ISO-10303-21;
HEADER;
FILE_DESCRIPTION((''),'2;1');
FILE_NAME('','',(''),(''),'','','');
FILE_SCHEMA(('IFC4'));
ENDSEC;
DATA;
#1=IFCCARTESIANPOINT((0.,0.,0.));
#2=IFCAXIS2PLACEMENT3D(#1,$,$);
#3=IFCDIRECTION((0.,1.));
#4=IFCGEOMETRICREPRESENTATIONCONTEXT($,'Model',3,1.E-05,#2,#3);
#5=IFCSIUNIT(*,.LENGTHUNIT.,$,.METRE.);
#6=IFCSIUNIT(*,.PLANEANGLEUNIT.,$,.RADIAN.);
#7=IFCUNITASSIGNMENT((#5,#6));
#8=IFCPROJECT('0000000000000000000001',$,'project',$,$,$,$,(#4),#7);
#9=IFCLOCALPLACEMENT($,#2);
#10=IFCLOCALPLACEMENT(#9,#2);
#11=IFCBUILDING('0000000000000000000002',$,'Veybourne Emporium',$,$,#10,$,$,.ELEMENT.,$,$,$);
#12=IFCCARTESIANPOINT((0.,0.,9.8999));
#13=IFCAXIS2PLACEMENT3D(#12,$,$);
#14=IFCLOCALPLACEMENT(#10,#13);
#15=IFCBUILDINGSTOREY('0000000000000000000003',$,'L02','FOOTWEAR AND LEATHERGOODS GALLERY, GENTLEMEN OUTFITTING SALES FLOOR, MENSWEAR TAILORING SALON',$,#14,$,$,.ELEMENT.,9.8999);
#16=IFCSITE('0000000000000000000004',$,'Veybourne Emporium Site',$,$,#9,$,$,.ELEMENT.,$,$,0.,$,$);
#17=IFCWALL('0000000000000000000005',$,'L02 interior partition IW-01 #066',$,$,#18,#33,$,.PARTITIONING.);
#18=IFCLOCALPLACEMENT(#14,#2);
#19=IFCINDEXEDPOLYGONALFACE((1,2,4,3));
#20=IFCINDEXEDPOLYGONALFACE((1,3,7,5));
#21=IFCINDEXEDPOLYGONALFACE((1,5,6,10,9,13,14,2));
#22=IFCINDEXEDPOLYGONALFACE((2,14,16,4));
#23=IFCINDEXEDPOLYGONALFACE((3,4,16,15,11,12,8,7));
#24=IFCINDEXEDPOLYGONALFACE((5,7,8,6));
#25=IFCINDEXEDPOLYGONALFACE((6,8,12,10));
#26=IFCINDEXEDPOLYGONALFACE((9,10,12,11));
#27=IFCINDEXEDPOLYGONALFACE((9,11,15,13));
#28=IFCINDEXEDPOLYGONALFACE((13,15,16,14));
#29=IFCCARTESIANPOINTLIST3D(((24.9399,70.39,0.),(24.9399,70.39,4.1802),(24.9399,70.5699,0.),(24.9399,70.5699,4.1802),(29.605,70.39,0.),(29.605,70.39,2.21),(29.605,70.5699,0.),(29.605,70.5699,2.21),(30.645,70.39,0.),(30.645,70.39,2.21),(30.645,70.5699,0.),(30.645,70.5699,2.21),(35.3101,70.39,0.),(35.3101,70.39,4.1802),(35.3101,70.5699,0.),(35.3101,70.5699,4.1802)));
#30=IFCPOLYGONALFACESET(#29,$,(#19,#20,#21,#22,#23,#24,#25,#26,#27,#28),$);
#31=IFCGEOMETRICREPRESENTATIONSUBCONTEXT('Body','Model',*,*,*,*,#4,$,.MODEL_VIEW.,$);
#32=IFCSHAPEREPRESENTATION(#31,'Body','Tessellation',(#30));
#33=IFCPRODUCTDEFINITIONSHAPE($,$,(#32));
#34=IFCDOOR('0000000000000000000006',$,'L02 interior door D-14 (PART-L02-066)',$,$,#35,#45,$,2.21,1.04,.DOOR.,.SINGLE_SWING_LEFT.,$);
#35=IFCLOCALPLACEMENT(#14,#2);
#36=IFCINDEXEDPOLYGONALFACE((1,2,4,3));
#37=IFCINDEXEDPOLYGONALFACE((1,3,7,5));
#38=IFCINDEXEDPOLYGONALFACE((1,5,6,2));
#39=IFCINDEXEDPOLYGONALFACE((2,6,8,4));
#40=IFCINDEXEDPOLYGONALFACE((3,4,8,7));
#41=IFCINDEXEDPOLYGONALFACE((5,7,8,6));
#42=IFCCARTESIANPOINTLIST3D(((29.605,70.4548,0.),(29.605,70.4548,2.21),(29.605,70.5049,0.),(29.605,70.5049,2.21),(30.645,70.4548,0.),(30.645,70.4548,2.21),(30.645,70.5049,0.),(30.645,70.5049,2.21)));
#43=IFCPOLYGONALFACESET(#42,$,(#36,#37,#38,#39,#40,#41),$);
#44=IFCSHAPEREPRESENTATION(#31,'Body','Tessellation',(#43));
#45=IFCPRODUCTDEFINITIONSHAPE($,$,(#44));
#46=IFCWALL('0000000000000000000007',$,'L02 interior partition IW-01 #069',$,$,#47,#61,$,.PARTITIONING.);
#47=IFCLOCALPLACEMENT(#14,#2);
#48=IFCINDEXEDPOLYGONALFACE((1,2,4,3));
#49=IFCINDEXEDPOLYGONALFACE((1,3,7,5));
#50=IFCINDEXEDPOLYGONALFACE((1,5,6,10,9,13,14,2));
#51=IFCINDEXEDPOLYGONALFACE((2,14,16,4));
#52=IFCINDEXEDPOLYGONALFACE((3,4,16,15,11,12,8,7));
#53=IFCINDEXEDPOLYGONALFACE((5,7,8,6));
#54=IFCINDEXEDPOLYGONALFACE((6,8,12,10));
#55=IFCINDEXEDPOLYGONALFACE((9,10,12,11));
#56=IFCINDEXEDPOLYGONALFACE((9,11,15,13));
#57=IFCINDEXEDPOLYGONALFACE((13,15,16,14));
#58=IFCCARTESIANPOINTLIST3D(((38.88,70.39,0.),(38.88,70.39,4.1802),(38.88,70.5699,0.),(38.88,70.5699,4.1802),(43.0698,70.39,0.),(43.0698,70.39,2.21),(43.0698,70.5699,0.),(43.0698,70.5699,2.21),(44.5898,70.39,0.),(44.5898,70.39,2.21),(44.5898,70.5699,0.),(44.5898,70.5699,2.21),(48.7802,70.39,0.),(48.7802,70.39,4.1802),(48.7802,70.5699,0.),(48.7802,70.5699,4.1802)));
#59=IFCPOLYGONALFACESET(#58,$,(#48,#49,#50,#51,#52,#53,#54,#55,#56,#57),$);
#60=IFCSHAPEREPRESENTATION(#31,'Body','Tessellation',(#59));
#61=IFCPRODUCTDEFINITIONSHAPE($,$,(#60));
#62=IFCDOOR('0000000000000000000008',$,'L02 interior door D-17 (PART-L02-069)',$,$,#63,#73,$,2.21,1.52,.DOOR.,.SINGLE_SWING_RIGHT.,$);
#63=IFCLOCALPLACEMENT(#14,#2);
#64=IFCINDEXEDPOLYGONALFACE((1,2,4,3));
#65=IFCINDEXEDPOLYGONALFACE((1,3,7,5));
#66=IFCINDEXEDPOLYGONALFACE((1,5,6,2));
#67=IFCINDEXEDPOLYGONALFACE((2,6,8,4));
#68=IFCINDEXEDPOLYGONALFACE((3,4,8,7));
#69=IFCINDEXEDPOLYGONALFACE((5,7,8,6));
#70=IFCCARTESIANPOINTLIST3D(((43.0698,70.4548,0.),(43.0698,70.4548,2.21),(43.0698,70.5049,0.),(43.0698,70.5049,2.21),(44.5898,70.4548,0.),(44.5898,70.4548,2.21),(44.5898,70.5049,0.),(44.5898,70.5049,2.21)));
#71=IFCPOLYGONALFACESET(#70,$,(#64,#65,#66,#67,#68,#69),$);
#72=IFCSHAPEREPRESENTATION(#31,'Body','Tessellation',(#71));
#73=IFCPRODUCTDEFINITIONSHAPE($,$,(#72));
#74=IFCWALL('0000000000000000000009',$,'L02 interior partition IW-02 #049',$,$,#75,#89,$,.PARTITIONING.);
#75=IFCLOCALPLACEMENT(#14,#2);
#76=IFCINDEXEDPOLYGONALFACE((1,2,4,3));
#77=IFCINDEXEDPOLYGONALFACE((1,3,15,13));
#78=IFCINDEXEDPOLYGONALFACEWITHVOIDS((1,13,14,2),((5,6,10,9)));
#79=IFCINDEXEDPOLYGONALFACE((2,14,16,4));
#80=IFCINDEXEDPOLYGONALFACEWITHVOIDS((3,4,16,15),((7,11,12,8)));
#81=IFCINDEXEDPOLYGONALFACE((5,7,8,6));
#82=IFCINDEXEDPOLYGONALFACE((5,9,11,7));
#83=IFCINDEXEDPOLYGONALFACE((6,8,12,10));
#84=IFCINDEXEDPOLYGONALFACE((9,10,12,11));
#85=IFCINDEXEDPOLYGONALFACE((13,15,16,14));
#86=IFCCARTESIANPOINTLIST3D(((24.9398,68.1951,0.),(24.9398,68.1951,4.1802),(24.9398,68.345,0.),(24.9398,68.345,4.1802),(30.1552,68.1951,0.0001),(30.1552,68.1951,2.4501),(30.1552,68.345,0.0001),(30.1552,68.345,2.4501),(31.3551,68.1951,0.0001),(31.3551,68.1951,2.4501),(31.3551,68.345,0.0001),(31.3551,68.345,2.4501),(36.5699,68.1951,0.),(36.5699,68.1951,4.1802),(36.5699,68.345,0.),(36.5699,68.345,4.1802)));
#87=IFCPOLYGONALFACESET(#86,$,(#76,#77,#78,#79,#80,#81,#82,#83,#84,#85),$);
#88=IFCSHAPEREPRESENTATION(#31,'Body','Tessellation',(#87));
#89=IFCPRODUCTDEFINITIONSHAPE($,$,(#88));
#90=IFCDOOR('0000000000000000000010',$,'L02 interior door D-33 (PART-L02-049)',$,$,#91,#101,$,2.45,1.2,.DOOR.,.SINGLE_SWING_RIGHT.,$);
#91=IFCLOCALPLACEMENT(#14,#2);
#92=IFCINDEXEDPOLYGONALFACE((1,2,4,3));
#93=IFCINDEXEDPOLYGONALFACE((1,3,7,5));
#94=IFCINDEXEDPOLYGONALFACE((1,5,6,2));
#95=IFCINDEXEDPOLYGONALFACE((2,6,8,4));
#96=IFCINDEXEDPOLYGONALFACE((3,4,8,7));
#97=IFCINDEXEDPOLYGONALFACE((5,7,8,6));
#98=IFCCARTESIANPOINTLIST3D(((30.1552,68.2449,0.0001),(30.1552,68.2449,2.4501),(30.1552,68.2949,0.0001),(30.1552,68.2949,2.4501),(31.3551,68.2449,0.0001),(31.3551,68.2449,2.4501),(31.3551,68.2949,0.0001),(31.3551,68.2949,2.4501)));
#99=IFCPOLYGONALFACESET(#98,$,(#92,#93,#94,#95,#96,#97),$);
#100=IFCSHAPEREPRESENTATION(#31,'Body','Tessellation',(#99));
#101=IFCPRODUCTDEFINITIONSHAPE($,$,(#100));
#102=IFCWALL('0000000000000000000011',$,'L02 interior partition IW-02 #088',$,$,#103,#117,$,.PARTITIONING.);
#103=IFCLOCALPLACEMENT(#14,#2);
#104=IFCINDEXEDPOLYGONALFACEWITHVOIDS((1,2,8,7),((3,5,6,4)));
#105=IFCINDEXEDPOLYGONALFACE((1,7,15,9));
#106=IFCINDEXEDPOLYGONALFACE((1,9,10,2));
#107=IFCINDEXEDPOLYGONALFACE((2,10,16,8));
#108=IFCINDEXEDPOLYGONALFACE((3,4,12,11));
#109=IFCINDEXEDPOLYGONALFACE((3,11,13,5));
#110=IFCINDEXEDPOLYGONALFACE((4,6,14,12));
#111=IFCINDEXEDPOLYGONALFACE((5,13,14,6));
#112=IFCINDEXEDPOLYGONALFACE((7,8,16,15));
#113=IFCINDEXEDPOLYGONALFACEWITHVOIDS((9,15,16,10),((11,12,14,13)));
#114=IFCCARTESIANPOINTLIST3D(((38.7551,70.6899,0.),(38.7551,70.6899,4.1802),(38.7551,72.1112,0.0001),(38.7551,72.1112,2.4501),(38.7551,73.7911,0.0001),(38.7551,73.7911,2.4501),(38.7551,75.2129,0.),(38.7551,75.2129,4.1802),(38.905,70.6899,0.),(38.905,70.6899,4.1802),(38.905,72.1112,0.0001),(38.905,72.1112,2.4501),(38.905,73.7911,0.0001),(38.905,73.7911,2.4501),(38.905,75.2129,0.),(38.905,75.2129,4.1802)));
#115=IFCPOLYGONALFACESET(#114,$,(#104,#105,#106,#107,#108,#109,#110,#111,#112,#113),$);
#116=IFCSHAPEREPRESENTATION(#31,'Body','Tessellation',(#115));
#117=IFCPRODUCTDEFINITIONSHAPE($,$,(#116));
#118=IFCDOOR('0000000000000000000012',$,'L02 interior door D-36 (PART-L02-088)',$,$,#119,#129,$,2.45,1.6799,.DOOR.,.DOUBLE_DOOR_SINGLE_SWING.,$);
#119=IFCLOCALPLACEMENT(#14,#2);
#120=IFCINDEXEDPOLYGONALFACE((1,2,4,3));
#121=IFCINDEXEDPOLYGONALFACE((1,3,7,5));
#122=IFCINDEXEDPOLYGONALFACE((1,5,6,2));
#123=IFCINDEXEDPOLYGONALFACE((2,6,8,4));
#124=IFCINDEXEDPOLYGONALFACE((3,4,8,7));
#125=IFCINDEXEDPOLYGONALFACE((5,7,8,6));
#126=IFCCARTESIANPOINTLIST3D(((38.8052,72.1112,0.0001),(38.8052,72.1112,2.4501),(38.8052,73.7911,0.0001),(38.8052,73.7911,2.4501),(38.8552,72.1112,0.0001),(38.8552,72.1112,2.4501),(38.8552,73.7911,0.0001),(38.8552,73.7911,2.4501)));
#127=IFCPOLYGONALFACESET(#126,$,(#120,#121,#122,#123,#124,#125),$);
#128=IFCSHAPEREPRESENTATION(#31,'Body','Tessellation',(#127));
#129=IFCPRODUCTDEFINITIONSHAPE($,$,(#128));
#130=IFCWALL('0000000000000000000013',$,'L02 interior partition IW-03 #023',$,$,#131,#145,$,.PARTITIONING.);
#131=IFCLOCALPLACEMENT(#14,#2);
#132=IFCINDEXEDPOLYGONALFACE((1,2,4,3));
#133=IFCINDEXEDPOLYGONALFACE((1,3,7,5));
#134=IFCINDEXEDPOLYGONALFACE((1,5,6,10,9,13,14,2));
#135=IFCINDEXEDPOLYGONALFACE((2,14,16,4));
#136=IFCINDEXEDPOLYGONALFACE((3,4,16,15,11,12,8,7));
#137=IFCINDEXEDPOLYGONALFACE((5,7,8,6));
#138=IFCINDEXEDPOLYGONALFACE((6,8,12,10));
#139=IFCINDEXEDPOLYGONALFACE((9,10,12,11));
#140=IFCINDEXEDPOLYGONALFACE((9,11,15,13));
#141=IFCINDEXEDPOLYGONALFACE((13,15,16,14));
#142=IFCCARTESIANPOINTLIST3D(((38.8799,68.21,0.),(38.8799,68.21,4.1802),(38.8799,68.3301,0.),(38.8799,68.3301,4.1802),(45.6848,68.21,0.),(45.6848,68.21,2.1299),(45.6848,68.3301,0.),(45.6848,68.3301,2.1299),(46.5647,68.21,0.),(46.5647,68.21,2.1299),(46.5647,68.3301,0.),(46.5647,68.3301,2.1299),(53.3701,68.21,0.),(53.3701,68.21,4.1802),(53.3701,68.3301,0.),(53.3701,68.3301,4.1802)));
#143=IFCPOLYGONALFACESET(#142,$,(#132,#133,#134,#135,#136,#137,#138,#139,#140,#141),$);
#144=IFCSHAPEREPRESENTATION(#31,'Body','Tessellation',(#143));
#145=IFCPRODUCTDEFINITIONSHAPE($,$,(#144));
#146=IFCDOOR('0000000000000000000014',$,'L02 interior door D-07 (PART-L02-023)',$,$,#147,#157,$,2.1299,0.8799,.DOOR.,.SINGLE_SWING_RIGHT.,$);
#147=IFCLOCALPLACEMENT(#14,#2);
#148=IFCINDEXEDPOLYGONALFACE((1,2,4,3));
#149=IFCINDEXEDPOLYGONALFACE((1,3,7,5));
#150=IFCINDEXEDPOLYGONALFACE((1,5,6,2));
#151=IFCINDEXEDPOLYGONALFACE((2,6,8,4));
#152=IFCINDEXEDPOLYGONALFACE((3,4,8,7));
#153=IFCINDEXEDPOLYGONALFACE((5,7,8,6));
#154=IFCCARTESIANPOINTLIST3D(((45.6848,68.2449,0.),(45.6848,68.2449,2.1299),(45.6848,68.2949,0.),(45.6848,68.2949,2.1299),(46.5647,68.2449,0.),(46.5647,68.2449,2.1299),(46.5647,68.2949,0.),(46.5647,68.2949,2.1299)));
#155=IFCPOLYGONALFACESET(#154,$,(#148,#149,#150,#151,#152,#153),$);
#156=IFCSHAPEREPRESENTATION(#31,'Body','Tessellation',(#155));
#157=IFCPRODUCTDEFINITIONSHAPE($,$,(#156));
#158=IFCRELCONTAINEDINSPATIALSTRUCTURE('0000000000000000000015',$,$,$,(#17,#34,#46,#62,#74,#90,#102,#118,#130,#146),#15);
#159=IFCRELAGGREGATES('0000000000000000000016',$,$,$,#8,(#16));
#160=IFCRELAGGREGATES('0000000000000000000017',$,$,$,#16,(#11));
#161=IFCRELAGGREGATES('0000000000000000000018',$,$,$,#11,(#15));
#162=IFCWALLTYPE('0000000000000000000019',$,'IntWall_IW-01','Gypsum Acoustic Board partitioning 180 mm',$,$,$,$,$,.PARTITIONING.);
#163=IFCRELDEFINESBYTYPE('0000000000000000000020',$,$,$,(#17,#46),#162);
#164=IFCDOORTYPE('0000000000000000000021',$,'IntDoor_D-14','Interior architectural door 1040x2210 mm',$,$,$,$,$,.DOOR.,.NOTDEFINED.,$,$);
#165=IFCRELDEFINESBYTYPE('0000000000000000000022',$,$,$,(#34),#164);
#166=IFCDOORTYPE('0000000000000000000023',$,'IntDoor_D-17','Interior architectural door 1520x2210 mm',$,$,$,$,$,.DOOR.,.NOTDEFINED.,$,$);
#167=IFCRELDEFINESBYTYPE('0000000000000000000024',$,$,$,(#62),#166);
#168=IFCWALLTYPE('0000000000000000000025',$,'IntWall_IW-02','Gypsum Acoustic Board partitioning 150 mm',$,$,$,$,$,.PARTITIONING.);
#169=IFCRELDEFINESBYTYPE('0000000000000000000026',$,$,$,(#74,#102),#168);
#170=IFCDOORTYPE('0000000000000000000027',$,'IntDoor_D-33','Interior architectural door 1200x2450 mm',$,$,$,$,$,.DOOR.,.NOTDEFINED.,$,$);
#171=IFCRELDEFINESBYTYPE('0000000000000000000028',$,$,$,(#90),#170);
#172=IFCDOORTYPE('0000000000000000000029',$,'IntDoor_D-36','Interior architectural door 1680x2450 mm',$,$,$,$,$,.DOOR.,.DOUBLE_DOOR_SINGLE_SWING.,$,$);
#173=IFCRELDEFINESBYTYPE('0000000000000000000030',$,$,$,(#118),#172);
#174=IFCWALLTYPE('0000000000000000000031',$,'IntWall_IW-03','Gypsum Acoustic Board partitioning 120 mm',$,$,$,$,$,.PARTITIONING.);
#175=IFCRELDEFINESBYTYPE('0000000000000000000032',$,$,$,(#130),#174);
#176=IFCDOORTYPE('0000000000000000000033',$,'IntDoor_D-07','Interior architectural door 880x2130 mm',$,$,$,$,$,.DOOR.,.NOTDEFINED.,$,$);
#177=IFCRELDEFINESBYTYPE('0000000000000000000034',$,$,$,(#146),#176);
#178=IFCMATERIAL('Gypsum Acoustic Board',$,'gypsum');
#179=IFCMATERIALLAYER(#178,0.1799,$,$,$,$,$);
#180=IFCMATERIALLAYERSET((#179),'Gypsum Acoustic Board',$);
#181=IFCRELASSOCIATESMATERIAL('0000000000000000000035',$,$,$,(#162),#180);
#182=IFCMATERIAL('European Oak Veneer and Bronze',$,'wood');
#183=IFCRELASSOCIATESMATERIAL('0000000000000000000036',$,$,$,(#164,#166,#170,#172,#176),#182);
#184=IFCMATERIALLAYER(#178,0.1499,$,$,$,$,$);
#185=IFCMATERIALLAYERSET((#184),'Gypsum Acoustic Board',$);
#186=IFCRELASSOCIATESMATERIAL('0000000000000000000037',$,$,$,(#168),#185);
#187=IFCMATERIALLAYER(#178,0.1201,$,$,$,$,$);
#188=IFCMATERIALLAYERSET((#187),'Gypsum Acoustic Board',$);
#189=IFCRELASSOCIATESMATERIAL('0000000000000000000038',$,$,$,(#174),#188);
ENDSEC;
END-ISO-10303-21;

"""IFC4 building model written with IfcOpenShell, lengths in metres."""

from ifc_helpers import new_model, si_unit, direction, frame, frame_2d, origin, place, context, subcontext, project, spatial, rectangle, extrude, material, layer, layer_set, type_object, element, fill, save


model = new_model("IFC4")

# Units and contexts
model_context = context("Model", 3, precision=1e-05, world=origin(), true_north=direction((0.0, 1.0)))
body_context = subcontext(model_context, "Body", "Model", "MODEL_VIEW")
ifc_project = project(units=[si_unit("LENGTHUNIT", "METRE"), si_unit("PLANEANGLEUNIT", "RADIAN")], contexts=[model_context])

# Site, building, storey
site_placement = place(None, origin())
site = spatial("IfcSite", under=ifc_project, at=site_placement, Name="Veybourne Emporium Site", CompositionType="ELEMENT", RefElevation=0.0)
building_placement = place(site_placement, origin())
building = spatial("IfcBuilding", under=site, at=building_placement, Name="Veybourne Emporium", CompositionType="ELEMENT")
storey_placement = place(building_placement, frame((0.0, 0.0, 9.8999)))
storey = spatial("IfcBuildingStorey", under=building, at=storey_placement, Name="L02", Description="FOOTWEAR AND LEATHERGOODS GALLERY, GENTLEMEN OUTFITTING SALES FLOOR, MENSWEAR TAILORING SALON", CompositionType="ELEMENT", Elevation=9.8999)

# Walls, openings, doors
ifc_material_1 = material(Name="Gypsum Acoustic Board", Category="gypsum")
ifc_layer_1 = layer(ifc_material_1, 0.1799)
ifc_layer_set_1 = layer_set([ifc_layer_1], Name="Gypsum Acoustic Board")
wall_type_1 = type_object("IfcWallType", Name="IntWall_IW-01", Description="Gypsum Acoustic Board partitioning 180 mm", PredefinedType="PARTITIONING", material=ifc_layer_set_1)
wall_1_placement = place(storey_placement, frame((24.9399, 70.48, 0.0), z_axis=(0.0, 0.0, 1.0), x_axis=(1.0, 0.0, 0.0)))
wall_1 = element("IfcWall", 1, at=wall_1_placement, inside=storey, type_object=wall_type_1, Name="L02 interior partition IW-01 #066", PredefinedType="PARTITIONING", context=body_context, shape_type="SweptSolid", body=[
    extrude(rectangle(XDim=10.3701, YDim=0.1799, at=frame_2d((5.1851, 0.0))), origin(), (0.0, 0.0, 1.0), 4.1802),
])
opening_1_placement = place(wall_1_placement, frame((4.665, 0.0, 0.0)))
opening_1 = element("IfcOpeningElement", 2, at=opening_1_placement, cuts=wall_1, PredefinedType="OPENING", context=body_context, shape_type="SweptSolid", body=[
    extrude(rectangle(XDim=1.04, YDim=2.21, at=frame_2d((0.52, 1.105))), frame((0.0, 0.1099, 0.0), z_axis=(0.0, -1.0, 0.0), x_axis=(1.0, 0.0, 0.0)), (0.0, 0.0, 1.0), 0.22),
])
ifc_material_2 = material(Name="European Oak Veneer and Bronze", Category="wood")
door_type_1 = type_object("IfcDoorType", Name="IntDoor_D-14", Description="Interior architectural door 1040x2210 mm", OperationType="NOTDEFINED", PredefinedType="DOOR", material=ifc_material_2)
door_1_placement = place(opening_1_placement, origin())
door_1 = element("IfcDoor", 3, at=door_1_placement, inside=storey, type_object=door_type_1, Name="L02 interior door D-14 (PART-L02-066)", OperationType="SINGLE_SWING_LEFT", OverallHeight=2.21, OverallWidth=1.04, PredefinedType="DOOR", context=body_context, shape_type="SweptSolid", body=[
    extrude(rectangle(XDim=1.04, YDim=2.21, at=frame_2d((0.52, 1.105))), frame((0.0, 0.0249, 0.0), z_axis=(0.0, -1.0, 0.0), x_axis=(1.0, 0.0, 0.0)), (0.0, 0.0, 1.0), 0.05),
])
fill(opening_1, door_1)
wall_2_placement = place(storey_placement, frame((38.8799, 70.48, 0.0), z_axis=(0.0, 0.0, 1.0), x_axis=(1.0, 0.0, 0.0)))
wall_2 = element("IfcWall", 4, at=wall_2_placement, inside=storey, type_object=wall_type_1, Name="L02 interior partition IW-01 #069", PredefinedType="PARTITIONING", context=body_context, shape_type="SweptSolid", body=[
    extrude(rectangle(XDim=9.9001, YDim=0.1799, at=frame_2d((4.9502, 0.0))), origin(), (0.0, 0.0, 1.0), 4.1802),
])
opening_2_placement = place(wall_2_placement, frame((4.1899, 0.0, 0.0)))
opening_2 = element("IfcOpeningElement", 5, at=opening_2_placement, cuts=wall_2, PredefinedType="OPENING", context=body_context, shape_type="SweptSolid", body=[
    extrude(rectangle(XDim=1.52, YDim=2.21, at=frame_2d((0.76, 1.105))), frame((0.0, 0.1099, 0.0), z_axis=(0.0, -1.0, 0.0), x_axis=(1.0, 0.0, 0.0)), (0.0, 0.0, 1.0), 0.22),
])
door_type_2 = type_object("IfcDoorType", Name="IntDoor_D-17", Description="Interior architectural door 1520x2210 mm", OperationType="NOTDEFINED", PredefinedType="DOOR", material=ifc_material_2)
door_2_placement = place(opening_2_placement, origin())
door_2 = element("IfcDoor", 6, at=door_2_placement, inside=storey, type_object=door_type_2, Name="L02 interior door D-17 (PART-L02-069)", OperationType="SINGLE_SWING_RIGHT", OverallHeight=2.21, OverallWidth=1.52, PredefinedType="DOOR", context=body_context, shape_type="SweptSolid", body=[
    extrude(rectangle(XDim=1.52, YDim=2.21, at=frame_2d((0.76, 1.105))), frame((0.0, 0.0249, 0.0), z_axis=(0.0, -1.0, 0.0), x_axis=(1.0, 0.0, 0.0)), (0.0, 0.0, 1.0), 0.05),
])
fill(opening_2, door_2)
ifc_layer_2 = layer(ifc_material_1, 0.1499)
ifc_layer_set_2 = layer_set([ifc_layer_2], Name="Gypsum Acoustic Board")
wall_type_2 = type_object("IfcWallType", Name="IntWall_IW-02", Description="Gypsum Acoustic Board partitioning 150 mm", PredefinedType="PARTITIONING", material=ifc_layer_set_2)
wall_3_placement = place(storey_placement, frame((24.9399, 68.27, 0.0), z_axis=(0.0, 0.0, 1.0), x_axis=(1.0, 0.0, 0.0)))
wall_3 = element("IfcWall", 7, at=wall_3_placement, inside=storey, type_object=wall_type_2, Name="L02 interior partition IW-02 #049", PredefinedType="PARTITIONING", context=body_context, shape_type="SweptSolid", body=[
    extrude(rectangle(XDim=11.6301, YDim=0.1499, at=frame_2d((5.8149, 0.0))), origin(), (0.0, 0.0, 1.0), 4.1802),
])
opening_3_placement = place(wall_3_placement, frame((5.2151, 0.0, 0.0)))
opening_3 = element("IfcOpeningElement", 8, at=opening_3_placement, cuts=wall_3, PredefinedType="OPENING", context=body_context, shape_type="SweptSolid", body=[
    extrude(rectangle(XDim=1.2, YDim=2.45, at=frame_2d((0.6001, 1.2251))), frame((0.0, 0.095, 0.0), z_axis=(0.0, -1.0, 0.0), x_axis=(1.0, 0.0, 0.0)), (0.0, 0.0, 1.0), 0.1899),
])
door_type_3 = type_object("IfcDoorType", Name="IntDoor_D-33", Description="Interior architectural door 1200x2450 mm", OperationType="NOTDEFINED", PredefinedType="DOOR", material=ifc_material_2)
door_3_placement = place(opening_3_placement, origin())
door_3 = element("IfcDoor", 9, at=door_3_placement, inside=storey, type_object=door_type_3, Name="L02 interior door D-33 (PART-L02-049)", OperationType="SINGLE_SWING_RIGHT", OverallHeight=2.45, OverallWidth=1.2, PredefinedType="DOOR", context=body_context, shape_type="SweptSolid", body=[
    extrude(rectangle(XDim=1.2, YDim=2.45, at=frame_2d((0.6001, 1.2251))), frame((0.0, 0.0249, 0.0), z_axis=(0.0, -1.0, 0.0), x_axis=(1.0, 0.0, 0.0)), (0.0, 0.0, 1.0), 0.05),
])
fill(opening_3, door_3)
wall_4_placement = place(storey_placement, frame((38.8301, 70.6899, 0.0), z_axis=(0.0, 0.0, 1.0), x_axis=(0.0, 1.0, 0.0)))
wall_4 = element("IfcWall", 10, at=wall_4_placement, inside=storey, type_object=wall_type_2, Name="L02 interior partition IW-02 #088", PredefinedType="PARTITIONING", context=body_context, shape_type="SweptSolid", body=[
    extrude(rectangle(XDim=4.5229, YDim=0.1499, at=frame_2d((2.2615, 0.0))), origin(), (0.0, 0.0, 1.0), 4.1802),
])
opening_4_placement = place(wall_4_placement, frame((1.4214, 0.0, 0.0)))
opening_4 = element("IfcOpeningElement", 11, at=opening_4_placement, cuts=wall_4, PredefinedType="OPENING", context=body_context, shape_type="SweptSolid", body=[
    extrude(rectangle(XDim=1.6799, YDim=2.45, at=frame_2d((0.8398, 1.2251))), frame((0.0, 0.095, 0.0), z_axis=(0.0, -1.0, 0.0), x_axis=(1.0, 0.0, 0.0)), (0.0, 0.0, 1.0), 0.1899),
])
door_type_4 = type_object("IfcDoorType", Name="IntDoor_D-36", Description="Interior architectural door 1680x2450 mm", OperationType="DOUBLE_DOOR_SINGLE_SWING", PredefinedType="DOOR", material=ifc_material_2)
door_4_placement = place(opening_4_placement, origin())
door_4 = element("IfcDoor", 12, at=door_4_placement, inside=storey, type_object=door_type_4, Name="L02 interior door D-36 (PART-L02-088)", OperationType="DOUBLE_DOOR_SINGLE_SWING", OverallHeight=2.45, OverallWidth=1.6799, PredefinedType="DOOR", context=body_context, shape_type="SweptSolid", body=[
    extrude(rectangle(XDim=1.6799, YDim=2.45, at=frame_2d((0.8398, 1.2251))), frame((0.0, 0.0249, 0.0), z_axis=(0.0, -1.0, 0.0), x_axis=(1.0, 0.0, 0.0)), (0.0, 0.0, 1.0), 0.05),
])
fill(opening_4, door_4)
ifc_layer_3 = layer(ifc_material_1, 0.1201)
ifc_layer_set_3 = layer_set([ifc_layer_3], Name="Gypsum Acoustic Board")
wall_type_3 = type_object("IfcWallType", Name="IntWall_IW-03", Description="Gypsum Acoustic Board partitioning 120 mm", PredefinedType="PARTITIONING", material=ifc_layer_set_3)
wall_5_placement = place(storey_placement, frame((38.8799, 68.27, 0.0), z_axis=(0.0, 0.0, 1.0), x_axis=(1.0, 0.0, 0.0)))
wall_5 = element("IfcWall", 13, at=wall_5_placement, inside=storey, type_object=wall_type_3, Name="L02 interior partition IW-03 #023", PredefinedType="PARTITIONING", context=body_context, shape_type="SweptSolid", body=[
    extrude(rectangle(XDim=14.4902, YDim=0.1201, at=frame_2d((7.2451, 0.0))), origin(), (0.0, 0.0, 1.0), 4.1802),
])
opening_5_placement = place(wall_5_placement, frame((6.8049, 0.0, 0.0)))
opening_5 = element("IfcOpeningElement", 14, at=opening_5_placement, cuts=wall_5, PredefinedType="OPENING", context=body_context, shape_type="SweptSolid", body=[
    extrude(rectangle(XDim=0.8799, YDim=2.1299, at=frame_2d((0.4399, 1.0649))), frame((0.0, 0.0801, 0.0), z_axis=(0.0, -1.0, 0.0), x_axis=(1.0, 0.0, 0.0)), (0.0, 0.0, 1.0), 0.1602),
])
door_type_5 = type_object("IfcDoorType", Name="IntDoor_D-07", Description="Interior architectural door 880x2130 mm", OperationType="NOTDEFINED", PredefinedType="DOOR", material=ifc_material_2)
door_5_placement = place(opening_5_placement, origin())
door_5 = element("IfcDoor", 15, at=door_5_placement, inside=storey, type_object=door_type_5, Name="L02 interior door D-07 (PART-L02-023)", OperationType="SINGLE_SWING_RIGHT", OverallHeight=2.1299, OverallWidth=0.8799, PredefinedType="DOOR", context=body_context, shape_type="SweptSolid", body=[
    extrude(rectangle(XDim=0.8799, YDim=2.1299, at=frame_2d((0.4399, 1.0649))), frame((0.0, 0.0249, 0.0), z_axis=(0.0, -1.0, 0.0), x_axis=(1.0, 0.0, 0.0)), (0.0, 0.0, 1.0), 0.05),
])
fill(opening_5, door_5)

save(model, "model.ifc")
